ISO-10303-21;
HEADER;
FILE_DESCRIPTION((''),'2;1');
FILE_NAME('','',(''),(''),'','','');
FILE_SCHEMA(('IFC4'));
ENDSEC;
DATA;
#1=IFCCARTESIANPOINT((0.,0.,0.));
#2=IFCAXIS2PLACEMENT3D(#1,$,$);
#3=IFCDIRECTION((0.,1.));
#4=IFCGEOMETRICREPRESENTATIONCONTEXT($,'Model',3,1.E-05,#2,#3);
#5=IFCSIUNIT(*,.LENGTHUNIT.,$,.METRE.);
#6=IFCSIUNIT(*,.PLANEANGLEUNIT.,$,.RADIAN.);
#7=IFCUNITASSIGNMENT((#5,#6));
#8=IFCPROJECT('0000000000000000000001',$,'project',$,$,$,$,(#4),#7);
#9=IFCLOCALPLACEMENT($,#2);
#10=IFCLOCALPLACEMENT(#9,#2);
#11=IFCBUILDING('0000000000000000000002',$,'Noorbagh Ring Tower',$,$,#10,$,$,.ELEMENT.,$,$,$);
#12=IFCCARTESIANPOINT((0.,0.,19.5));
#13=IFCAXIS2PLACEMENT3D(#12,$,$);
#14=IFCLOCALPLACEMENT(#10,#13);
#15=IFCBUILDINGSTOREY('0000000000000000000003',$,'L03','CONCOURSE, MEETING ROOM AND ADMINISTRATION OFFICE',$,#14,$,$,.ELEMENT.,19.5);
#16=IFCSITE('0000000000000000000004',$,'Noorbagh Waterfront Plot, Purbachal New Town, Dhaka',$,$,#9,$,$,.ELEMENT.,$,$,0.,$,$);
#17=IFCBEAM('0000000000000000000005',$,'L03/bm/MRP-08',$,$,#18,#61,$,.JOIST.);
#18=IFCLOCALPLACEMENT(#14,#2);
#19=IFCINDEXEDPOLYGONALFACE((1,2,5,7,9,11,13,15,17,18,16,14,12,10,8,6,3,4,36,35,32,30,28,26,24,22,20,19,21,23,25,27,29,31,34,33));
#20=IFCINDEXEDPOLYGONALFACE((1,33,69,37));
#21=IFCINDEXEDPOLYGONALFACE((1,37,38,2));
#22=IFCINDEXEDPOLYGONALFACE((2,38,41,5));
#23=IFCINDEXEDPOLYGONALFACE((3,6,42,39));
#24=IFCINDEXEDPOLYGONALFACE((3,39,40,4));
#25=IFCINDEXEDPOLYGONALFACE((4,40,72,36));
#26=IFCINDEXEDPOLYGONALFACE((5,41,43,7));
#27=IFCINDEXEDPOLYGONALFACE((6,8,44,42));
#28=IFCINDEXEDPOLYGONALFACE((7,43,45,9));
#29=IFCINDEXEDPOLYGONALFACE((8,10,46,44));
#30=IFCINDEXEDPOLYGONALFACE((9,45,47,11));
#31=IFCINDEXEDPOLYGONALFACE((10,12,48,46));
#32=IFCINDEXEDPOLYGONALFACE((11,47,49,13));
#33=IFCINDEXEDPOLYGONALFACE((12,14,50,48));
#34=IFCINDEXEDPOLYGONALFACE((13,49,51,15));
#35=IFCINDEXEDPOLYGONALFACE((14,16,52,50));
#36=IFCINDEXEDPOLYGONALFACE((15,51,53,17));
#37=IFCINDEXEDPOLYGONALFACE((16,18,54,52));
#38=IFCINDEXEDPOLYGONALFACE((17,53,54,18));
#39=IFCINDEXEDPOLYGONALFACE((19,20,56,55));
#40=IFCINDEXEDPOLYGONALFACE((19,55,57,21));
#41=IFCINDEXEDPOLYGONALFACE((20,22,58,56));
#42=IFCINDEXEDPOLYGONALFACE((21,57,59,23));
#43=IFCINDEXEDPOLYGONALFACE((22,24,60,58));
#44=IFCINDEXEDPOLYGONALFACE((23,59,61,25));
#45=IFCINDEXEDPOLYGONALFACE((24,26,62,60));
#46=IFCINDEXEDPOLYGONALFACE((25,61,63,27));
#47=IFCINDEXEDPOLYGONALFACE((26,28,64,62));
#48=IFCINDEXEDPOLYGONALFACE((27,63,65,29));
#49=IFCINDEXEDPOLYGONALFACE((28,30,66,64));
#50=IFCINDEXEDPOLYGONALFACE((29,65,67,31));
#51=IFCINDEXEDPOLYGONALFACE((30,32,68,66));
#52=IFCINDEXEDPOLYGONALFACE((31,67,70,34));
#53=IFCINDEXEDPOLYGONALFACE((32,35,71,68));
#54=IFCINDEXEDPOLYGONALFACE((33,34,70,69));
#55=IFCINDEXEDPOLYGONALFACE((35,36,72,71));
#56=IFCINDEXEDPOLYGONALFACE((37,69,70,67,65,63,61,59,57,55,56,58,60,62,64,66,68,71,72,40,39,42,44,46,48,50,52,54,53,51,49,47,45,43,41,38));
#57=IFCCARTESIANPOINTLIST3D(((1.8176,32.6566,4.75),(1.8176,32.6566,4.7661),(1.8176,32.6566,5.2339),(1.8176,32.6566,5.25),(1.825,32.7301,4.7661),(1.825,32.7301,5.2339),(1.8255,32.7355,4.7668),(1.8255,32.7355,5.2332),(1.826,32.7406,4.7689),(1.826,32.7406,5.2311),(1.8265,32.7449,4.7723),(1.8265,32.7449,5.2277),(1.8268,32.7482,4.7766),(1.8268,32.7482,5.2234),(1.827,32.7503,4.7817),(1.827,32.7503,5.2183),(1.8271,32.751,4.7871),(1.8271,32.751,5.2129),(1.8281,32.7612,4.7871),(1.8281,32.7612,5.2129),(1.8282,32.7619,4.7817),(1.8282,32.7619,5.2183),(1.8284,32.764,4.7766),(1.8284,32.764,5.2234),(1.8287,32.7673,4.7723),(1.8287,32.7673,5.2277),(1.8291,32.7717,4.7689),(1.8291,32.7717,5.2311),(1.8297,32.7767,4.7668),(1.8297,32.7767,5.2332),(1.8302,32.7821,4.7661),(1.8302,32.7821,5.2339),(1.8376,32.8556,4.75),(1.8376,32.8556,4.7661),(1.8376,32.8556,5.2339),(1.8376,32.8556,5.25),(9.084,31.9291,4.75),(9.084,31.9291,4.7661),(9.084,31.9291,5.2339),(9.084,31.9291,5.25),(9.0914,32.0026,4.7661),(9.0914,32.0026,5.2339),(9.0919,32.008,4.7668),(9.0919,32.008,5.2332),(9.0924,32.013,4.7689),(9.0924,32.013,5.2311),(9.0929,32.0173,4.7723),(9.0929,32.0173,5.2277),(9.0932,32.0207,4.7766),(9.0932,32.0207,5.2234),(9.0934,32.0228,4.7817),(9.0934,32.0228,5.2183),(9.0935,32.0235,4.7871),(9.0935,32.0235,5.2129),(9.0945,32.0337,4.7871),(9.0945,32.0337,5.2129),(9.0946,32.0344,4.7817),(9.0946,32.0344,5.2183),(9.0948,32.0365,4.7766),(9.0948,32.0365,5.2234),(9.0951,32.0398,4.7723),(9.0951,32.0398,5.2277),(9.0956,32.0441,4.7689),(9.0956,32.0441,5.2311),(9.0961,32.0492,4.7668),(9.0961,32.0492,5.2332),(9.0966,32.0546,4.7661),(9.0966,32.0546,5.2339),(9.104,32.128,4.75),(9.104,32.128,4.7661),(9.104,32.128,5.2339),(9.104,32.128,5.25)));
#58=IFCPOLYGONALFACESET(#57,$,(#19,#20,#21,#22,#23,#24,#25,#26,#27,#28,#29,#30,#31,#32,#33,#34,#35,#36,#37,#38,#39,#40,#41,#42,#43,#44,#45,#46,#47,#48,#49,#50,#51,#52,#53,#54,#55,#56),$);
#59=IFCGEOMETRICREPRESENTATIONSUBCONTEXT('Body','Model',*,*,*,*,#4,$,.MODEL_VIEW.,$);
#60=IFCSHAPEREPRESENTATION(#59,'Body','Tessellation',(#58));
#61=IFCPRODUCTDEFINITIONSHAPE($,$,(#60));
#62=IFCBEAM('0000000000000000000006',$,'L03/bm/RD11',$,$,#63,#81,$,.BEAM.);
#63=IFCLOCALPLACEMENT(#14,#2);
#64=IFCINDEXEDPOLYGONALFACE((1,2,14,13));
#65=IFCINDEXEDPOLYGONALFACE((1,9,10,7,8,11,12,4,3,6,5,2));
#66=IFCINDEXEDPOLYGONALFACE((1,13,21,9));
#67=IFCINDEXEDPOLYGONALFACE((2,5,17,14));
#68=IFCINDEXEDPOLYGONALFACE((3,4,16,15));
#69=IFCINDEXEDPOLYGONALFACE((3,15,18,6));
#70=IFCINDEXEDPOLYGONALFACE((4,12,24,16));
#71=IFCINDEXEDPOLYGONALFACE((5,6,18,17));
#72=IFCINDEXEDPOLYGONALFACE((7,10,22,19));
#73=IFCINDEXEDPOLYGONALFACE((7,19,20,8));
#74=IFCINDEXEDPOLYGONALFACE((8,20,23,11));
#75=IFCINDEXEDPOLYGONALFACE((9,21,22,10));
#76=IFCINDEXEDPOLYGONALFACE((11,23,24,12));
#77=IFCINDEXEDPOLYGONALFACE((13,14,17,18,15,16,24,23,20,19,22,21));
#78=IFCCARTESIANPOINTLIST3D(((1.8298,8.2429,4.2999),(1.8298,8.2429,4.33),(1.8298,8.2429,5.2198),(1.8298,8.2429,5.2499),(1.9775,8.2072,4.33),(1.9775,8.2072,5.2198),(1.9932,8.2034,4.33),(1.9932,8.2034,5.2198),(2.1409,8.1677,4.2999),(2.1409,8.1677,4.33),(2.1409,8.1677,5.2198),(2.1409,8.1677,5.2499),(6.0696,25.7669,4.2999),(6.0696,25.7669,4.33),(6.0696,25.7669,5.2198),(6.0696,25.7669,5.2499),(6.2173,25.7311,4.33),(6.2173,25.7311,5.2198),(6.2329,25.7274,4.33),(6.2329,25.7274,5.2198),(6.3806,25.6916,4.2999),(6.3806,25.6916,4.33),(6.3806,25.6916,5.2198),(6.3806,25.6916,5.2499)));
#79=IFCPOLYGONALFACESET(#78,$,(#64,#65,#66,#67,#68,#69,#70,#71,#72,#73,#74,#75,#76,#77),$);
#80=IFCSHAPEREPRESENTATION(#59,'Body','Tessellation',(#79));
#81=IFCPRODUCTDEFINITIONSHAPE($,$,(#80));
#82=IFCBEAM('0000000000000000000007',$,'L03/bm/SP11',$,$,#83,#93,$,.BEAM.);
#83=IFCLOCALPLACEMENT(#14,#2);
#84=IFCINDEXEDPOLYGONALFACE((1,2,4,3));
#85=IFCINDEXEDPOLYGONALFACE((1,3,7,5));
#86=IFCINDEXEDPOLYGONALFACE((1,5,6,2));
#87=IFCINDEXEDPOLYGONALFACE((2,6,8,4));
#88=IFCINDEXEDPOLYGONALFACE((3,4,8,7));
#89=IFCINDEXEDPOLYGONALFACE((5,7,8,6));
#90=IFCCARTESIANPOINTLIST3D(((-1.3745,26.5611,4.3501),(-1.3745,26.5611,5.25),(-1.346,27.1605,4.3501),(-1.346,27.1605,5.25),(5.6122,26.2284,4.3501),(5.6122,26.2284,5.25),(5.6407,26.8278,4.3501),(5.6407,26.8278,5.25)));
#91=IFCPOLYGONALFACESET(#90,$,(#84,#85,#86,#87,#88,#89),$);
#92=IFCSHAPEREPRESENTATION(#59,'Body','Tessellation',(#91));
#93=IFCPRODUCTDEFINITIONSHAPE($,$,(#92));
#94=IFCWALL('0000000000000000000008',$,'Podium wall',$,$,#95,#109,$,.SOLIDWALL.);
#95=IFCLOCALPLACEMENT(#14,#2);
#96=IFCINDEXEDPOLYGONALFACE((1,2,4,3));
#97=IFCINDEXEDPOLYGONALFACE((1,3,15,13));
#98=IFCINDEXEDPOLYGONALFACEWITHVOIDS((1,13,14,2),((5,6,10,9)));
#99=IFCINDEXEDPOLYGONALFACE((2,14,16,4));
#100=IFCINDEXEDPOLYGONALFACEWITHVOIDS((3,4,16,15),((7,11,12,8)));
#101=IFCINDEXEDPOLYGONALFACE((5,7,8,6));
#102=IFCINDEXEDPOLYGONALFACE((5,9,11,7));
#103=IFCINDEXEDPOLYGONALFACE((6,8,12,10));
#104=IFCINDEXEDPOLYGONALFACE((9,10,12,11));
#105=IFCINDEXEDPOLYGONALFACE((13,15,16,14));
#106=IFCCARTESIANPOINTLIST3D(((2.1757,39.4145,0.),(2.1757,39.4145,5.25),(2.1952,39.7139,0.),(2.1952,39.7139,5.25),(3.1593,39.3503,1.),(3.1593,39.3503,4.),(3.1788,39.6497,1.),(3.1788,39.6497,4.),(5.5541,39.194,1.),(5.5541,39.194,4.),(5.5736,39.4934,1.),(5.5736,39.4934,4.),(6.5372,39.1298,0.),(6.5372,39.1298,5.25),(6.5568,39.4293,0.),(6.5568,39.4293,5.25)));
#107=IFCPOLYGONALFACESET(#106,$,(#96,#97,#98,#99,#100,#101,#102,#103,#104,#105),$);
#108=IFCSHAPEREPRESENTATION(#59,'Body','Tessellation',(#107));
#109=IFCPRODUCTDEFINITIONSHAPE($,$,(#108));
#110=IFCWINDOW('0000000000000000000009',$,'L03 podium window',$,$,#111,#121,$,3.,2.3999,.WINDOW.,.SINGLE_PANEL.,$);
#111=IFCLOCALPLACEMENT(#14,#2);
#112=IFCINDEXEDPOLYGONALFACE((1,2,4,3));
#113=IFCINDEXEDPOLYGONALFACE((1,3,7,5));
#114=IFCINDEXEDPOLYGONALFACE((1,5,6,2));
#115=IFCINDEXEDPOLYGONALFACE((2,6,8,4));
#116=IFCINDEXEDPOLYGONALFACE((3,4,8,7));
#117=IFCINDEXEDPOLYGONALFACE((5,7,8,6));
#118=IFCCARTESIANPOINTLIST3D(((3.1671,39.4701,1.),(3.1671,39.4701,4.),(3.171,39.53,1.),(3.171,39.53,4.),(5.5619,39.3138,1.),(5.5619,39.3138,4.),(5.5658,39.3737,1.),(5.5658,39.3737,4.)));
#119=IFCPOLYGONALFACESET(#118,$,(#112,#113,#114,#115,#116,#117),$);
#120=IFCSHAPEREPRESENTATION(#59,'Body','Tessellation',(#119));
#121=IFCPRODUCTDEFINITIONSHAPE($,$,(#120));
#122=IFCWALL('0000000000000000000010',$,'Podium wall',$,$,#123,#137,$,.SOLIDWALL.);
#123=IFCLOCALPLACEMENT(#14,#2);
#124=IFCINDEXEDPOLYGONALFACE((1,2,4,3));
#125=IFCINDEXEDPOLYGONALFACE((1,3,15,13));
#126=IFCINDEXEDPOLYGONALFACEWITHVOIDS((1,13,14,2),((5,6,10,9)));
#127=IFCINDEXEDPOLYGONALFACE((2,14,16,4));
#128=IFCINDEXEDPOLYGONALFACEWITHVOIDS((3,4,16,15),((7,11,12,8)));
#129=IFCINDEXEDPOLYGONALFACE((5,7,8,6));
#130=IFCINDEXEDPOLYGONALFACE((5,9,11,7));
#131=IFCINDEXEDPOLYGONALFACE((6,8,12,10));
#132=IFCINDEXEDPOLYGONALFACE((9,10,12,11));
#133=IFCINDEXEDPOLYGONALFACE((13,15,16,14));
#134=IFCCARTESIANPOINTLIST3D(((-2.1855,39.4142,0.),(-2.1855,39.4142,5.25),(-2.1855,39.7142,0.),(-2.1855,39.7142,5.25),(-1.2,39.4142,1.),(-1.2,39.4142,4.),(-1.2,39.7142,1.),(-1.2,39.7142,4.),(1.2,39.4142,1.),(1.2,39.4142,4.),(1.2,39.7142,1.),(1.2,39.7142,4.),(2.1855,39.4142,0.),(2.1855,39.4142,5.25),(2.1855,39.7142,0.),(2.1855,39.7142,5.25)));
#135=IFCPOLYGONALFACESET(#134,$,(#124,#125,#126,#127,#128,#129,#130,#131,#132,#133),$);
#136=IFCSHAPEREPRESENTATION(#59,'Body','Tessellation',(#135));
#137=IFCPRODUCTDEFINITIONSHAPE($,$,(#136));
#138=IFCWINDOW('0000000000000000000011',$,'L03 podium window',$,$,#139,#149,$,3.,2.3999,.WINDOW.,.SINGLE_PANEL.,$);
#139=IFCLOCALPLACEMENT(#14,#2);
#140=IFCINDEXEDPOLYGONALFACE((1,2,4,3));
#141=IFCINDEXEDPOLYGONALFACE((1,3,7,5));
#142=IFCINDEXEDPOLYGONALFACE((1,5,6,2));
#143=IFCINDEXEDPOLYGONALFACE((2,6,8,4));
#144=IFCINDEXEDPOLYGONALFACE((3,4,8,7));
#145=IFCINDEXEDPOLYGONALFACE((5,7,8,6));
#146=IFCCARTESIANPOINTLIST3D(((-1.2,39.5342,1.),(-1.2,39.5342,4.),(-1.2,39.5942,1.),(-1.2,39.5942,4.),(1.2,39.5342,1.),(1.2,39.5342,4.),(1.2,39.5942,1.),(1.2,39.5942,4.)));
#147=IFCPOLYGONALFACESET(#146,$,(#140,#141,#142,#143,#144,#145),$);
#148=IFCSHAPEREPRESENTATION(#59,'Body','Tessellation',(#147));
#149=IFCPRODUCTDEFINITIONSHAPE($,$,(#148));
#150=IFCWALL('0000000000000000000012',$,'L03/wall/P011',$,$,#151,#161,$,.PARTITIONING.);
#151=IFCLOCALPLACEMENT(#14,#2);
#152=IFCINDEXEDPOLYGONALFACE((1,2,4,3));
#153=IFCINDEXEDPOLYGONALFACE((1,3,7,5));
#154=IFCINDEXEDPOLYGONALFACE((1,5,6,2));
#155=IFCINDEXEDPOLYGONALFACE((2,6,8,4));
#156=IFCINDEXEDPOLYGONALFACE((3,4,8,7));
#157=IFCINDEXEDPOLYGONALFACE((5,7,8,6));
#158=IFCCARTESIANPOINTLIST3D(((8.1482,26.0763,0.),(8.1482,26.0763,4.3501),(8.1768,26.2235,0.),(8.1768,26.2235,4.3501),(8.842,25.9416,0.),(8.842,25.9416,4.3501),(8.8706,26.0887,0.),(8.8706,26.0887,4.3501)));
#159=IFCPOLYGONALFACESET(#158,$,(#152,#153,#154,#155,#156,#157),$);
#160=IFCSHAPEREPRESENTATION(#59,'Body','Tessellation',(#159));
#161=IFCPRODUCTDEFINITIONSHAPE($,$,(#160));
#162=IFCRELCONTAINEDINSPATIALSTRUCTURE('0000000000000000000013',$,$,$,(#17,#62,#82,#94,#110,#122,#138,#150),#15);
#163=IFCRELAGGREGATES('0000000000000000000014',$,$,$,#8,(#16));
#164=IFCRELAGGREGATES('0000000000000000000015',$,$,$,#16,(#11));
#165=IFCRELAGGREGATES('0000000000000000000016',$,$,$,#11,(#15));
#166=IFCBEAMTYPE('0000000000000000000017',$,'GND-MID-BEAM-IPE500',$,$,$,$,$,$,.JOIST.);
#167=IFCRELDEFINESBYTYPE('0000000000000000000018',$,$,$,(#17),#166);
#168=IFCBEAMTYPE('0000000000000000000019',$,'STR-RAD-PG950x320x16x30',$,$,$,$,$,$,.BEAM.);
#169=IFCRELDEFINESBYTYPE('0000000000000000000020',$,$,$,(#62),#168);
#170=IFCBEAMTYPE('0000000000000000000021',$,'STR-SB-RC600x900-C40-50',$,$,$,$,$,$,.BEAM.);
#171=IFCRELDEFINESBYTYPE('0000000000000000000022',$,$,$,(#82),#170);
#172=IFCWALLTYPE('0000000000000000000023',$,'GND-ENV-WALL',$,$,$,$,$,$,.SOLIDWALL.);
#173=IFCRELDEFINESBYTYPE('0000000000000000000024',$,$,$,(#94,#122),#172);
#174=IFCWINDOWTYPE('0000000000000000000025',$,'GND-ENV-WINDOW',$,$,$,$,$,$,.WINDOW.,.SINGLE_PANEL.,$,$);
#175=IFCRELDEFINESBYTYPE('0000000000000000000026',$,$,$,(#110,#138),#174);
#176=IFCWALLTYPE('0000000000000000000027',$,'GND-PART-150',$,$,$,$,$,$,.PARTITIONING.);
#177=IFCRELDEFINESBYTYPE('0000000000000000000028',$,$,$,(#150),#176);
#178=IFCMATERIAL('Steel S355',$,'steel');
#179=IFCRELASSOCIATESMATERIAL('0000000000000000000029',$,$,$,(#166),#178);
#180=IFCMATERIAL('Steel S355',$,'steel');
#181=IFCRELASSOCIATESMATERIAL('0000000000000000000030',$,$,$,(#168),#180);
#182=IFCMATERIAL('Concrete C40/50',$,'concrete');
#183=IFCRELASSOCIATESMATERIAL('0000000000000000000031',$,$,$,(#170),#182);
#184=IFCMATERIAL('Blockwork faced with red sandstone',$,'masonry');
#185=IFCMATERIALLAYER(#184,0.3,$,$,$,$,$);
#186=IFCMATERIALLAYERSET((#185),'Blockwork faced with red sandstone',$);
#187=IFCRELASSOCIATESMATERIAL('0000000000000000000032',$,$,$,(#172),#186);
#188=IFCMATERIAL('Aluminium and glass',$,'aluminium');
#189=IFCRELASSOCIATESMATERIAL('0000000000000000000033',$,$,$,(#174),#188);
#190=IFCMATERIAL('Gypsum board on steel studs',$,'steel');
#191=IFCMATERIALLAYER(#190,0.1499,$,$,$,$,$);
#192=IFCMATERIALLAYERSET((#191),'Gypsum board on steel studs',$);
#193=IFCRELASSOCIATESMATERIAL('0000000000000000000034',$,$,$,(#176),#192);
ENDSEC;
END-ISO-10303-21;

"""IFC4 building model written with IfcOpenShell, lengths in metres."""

from ifc_helpers import new_model, si_unit, direction, frame, frame_2d, origin, origin_2d, place, context, subcontext, project, spatial, rectangle, i_section, extrude, material, layer, layer_set, material_profile, profile_set, type_object, element, fill, save


model = new_model("IFC4")

# Units and contexts
model_context = context("Model", 3, precision=1e-05, world=origin(), true_north=direction((0.0, 1.0)))
body_context = subcontext(model_context, "Body", "Model", "MODEL_VIEW")
ifc_project = project(units=[si_unit("LENGTHUNIT", "METRE"), si_unit("PLANEANGLEUNIT", "RADIAN")], contexts=[model_context])

# Site, building, storey
site_placement = place(None, origin())
site = spatial("IfcSite", under=ifc_project, at=site_placement, Name="Noorbagh Waterfront Plot, Purbachal New Town, Dhaka", CompositionType="ELEMENT", RefElevation=0.0)
building_placement = place(site_placement, origin())
building = spatial("IfcBuilding", under=site, at=building_placement, Name="Noorbagh Ring Tower", CompositionType="ELEMENT")
storey_placement = place(building_placement, frame((0.0, 0.0, 19.5)))
storey = spatial("IfcBuildingStorey", under=building, at=storey_placement, Name="L03", Description="CONCOURSE, MEETING ROOM AND ADMINISTRATION OFFICE", CompositionType="ELEMENT", Elevation=19.5)

# Beams
ifc_material_1 = material(Name="Steel S355", Category="steel")
ifc_material_profile_1 = material_profile(ifc_material_1, i_section(OverallWidth=0.2, OverallDepth=0.5, WebThickness=0.0103, FlangeThickness=0.0161, FilletRadius=0.021, at=origin_2d()), Name="IPE500")
ifc_profile_set_1 = profile_set([ifc_material_profile_1], Name="Steel S355")
beam_type_1 = type_object("IfcBeamType", Name="GND-MID-BEAM-IPE500", PredefinedType="JOIST", material=ifc_profile_set_1)
beam_1_placement = place(storey_placement, frame((9.094, 32.0286, 5.0), z_axis=(-0.995025, 0.099626, 0.0), x_axis=(-0.099626, -0.995025, 0.0)))
element("IfcBeam", 1, at=beam_1_placement, inside=storey, type_object=beam_type_1, Name="L03/bm/MRP-08", PredefinedType="JOIST", context=body_context, shape_type="SweptSolid", body=[
    extrude(i_section(OverallWidth=0.2, OverallDepth=0.5, WebThickness=0.0103, FlangeThickness=0.0161, FilletRadius=0.021, at=origin_2d()), origin(), (0.0, 0.0, 1.0), 7.3027),
])
ifc_material_2 = material(Name="Steel S355", Category="steel")
ifc_material_profile_2 = material_profile(ifc_material_2, i_section(OverallWidth=0.3201, OverallDepth=0.95, WebThickness=0.0161, FlangeThickness=0.03, at=origin_2d()), Name="PG950x320x16x30")
ifc_profile_set_2 = profile_set([ifc_material_profile_2], Name="Steel S355")
beam_type_2 = type_object("IfcBeamType", Name="STR-RAD-PG950x320x16x30", PredefinedType="BEAM", material=ifc_profile_set_2)
beam_2_placement = place(storey_placement, frame((6.2251, 25.7292, 4.7749), z_axis=(-0.235156, -0.971958, 0.0), x_axis=(0.971958, -0.235156, 0.0)))
element("IfcBeam", 2, at=beam_2_placement, inside=storey, type_object=beam_type_2, Name="L03/bm/RD11", PredefinedType="BEAM", context=body_context, shape_type="SweptSolid", body=[
    extrude(i_section(OverallWidth=0.3201, OverallDepth=0.95, WebThickness=0.0161, FlangeThickness=0.03, at=origin_2d()), origin(), (0.0, 0.0, 1.0), 18.0295),
])
ifc_material_3 = material(Name="Concrete C40/50", Category="concrete")
ifc_material_profile_3 = material_profile(ifc_material_3, rectangle(XDim=0.6001, YDim=0.8999, at=origin_2d()), Name="RC600x900")
ifc_profile_set_3 = profile_set([ifc_material_profile_3], Name="Concrete C40/50")
beam_type_3 = type_object("IfcBeamType", Name="STR-SB-RC600x900-C40-50", PredefinedType="BEAM", material=ifc_profile_set_3)
beam_3_placement = place(storey_placement, frame((5.6265, 26.5281, 4.8), z_axis=(-0.998868, 0.047573, 0.0), x_axis=(-0.047573, -0.998868, 0.0)))
element("IfcBeam", 3, at=beam_3_placement, inside=storey, type_object=beam_type_3, Name="L03/bm/SP11", PredefinedType="BEAM", context=body_context, shape_type="SweptSolid", body=[
    extrude(rectangle(XDim=0.6001, YDim=0.8999, at=origin_2d()), origin(), (0.0, 0.0, 1.0), 6.9946),
])

# Walls, openings, windows
ifc_material_4 = material(Name="Blockwork faced with red sandstone", Category="masonry")
ifc_layer_1 = layer(ifc_material_4, 0.3)
ifc_layer_set_1 = layer_set([ifc_layer_1], Name="Blockwork faced with red sandstone")
wall_type_1 = type_object("IfcWallType", Name="GND-ENV-WALL", PredefinedType="SOLIDWALL", material=ifc_layer_set_1)
wall_1_placement = place(storey_placement, frame((6.5471, 39.2795, 0.0), z_axis=(0.0, 0.0, 1.0), x_axis=(-0.997877, 0.065129, 0.0)))
wall_1 = element("IfcWall", 4, at=wall_1_placement, inside=storey, type_object=wall_type_1, Name="Podium wall", PredefinedType="SOLIDWALL", context=body_context, shape_type="SweptSolid", body=[
    extrude(rectangle(XDim=4.3708, YDim=0.3, at=frame_2d((2.1855, 0.0))), origin(), (0.0, 0.0, 1.0), 5.25),
])
opening_1_placement = place(wall_1_placement, frame((0.9854, 0.0, 1.0)))
opening_1 = element("IfcOpeningElement", 5, at=opening_1_placement, cuts=wall_1, PredefinedType="OPENING", context=body_context, shape_type="SweptSolid", body=[
    extrude(rectangle(XDim=2.3999, YDim=3.0, at=frame_2d((1.2, 1.5))), frame((0.0, 0.1602, 0.0), z_axis=(0.0, -1.0, 0.0), x_axis=(1.0, 0.0, 0.0)), (0.0, 0.0, 1.0), 0.3201),
])
ifc_material_5 = material(Name="Aluminium and glass", Category="aluminium")
window_type = type_object("IfcWindowType", Name="GND-ENV-WINDOW", PartitioningType="SINGLE_PANEL", PredefinedType="WINDOW", material=ifc_material_5)
window_1_placement = place(opening_1_placement, origin())
window_1 = element("IfcWindow", 6, at=window_1_placement, inside=storey, type_object=window_type, Name="L03 podium window", OverallHeight=3.0, OverallWidth=2.3999, PartitioningType="SINGLE_PANEL", PredefinedType="WINDOW", context=body_context, shape_type="SweptSolid", body=[
    extrude(rectangle(XDim=2.3999, YDim=3.0, at=frame_2d((1.2, 1.5))), frame((0.0, 0.03, 0.0), z_axis=(0.0, -1.0, 0.0), x_axis=(1.0, 0.0, 0.0)), (0.0, 0.0, 1.0), 0.0601),
])
fill(opening_1, window_1)
wall_2_placement = place(storey_placement, frame((2.1855, 39.5642, 0.0), z_axis=(0.0, 0.0, 1.0), x_axis=(-1.0, 0.0, 0.0)))
wall_2 = element("IfcWall", 7, at=wall_2_placement, inside=storey, type_object=wall_type_1, Name="Podium wall", PredefinedType="SOLIDWALL", context=body_context, shape_type="SweptSolid", body=[
    extrude(rectangle(XDim=4.3711, YDim=0.3, at=frame_2d((2.1855, 0.0))), origin(), (0.0, 0.0, 1.0), 5.25),
])
opening_2_placement = place(wall_2_placement, frame((0.9856, 0.0, 1.0)))
opening_2 = element("IfcOpeningElement", 8, at=opening_2_placement, cuts=wall_2, PredefinedType="OPENING", context=body_context, shape_type="SweptSolid", body=[
    extrude(rectangle(XDim=2.3999, YDim=3.0, at=frame_2d((1.2, 1.5))), frame((0.0, 0.1602, 0.0), z_axis=(0.0, -1.0, 0.0), x_axis=(1.0, 0.0, 0.0)), (0.0, 0.0, 1.0), 0.3201),
])
window_2_placement = place(opening_2_placement, origin())
window_2 = element("IfcWindow", 9, at=window_2_placement, inside=storey, type_object=window_type, Name="L03 podium window", OverallHeight=3.0, OverallWidth=2.3999, PartitioningType="SINGLE_PANEL", PredefinedType="WINDOW", context=body_context, shape_type="SweptSolid", body=[
    extrude(rectangle(XDim=2.3999, YDim=3.0, at=frame_2d((1.2, 1.5))), frame((0.0, 0.03, 0.0), z_axis=(0.0, -1.0, 0.0), x_axis=(1.0, 0.0, 0.0)), (0.0, 0.0, 1.0), 0.0601),
])
fill(opening_2, window_2)

# Wall
ifc_material_6 = material(Name="Gypsum board on steel studs", Category="steel")
ifc_layer_2 = layer(ifc_material_6, 0.1499)
ifc_layer_set_2 = layer_set([ifc_layer_2], Name="Gypsum board on steel studs")
wall_type_2 = type_object("IfcWallType", Name="GND-PART-150", PredefinedType="PARTITIONING", material=ifc_layer_set_2)
wall_3_placement = place(storey_placement, frame((8.8564, 26.0151, 0.0), z_axis=(0.0, 0.0, 1.0), x_axis=(-0.981655, 0.190666, 0.0)))
element("IfcWall", 10, at=wall_3_placement, inside=storey, type_object=wall_type_2, Name="L03/wall/P011", PredefinedType="PARTITIONING", context=body_context, shape_type="SweptSolid", body=[
    extrude(rectangle(XDim=0.7068, YDim=0.1499, at=frame_2d((0.3535, 0.0))), origin(), (0.0, 0.0, 1.0), 4.3501),
])

save(model, "model.ifc")
